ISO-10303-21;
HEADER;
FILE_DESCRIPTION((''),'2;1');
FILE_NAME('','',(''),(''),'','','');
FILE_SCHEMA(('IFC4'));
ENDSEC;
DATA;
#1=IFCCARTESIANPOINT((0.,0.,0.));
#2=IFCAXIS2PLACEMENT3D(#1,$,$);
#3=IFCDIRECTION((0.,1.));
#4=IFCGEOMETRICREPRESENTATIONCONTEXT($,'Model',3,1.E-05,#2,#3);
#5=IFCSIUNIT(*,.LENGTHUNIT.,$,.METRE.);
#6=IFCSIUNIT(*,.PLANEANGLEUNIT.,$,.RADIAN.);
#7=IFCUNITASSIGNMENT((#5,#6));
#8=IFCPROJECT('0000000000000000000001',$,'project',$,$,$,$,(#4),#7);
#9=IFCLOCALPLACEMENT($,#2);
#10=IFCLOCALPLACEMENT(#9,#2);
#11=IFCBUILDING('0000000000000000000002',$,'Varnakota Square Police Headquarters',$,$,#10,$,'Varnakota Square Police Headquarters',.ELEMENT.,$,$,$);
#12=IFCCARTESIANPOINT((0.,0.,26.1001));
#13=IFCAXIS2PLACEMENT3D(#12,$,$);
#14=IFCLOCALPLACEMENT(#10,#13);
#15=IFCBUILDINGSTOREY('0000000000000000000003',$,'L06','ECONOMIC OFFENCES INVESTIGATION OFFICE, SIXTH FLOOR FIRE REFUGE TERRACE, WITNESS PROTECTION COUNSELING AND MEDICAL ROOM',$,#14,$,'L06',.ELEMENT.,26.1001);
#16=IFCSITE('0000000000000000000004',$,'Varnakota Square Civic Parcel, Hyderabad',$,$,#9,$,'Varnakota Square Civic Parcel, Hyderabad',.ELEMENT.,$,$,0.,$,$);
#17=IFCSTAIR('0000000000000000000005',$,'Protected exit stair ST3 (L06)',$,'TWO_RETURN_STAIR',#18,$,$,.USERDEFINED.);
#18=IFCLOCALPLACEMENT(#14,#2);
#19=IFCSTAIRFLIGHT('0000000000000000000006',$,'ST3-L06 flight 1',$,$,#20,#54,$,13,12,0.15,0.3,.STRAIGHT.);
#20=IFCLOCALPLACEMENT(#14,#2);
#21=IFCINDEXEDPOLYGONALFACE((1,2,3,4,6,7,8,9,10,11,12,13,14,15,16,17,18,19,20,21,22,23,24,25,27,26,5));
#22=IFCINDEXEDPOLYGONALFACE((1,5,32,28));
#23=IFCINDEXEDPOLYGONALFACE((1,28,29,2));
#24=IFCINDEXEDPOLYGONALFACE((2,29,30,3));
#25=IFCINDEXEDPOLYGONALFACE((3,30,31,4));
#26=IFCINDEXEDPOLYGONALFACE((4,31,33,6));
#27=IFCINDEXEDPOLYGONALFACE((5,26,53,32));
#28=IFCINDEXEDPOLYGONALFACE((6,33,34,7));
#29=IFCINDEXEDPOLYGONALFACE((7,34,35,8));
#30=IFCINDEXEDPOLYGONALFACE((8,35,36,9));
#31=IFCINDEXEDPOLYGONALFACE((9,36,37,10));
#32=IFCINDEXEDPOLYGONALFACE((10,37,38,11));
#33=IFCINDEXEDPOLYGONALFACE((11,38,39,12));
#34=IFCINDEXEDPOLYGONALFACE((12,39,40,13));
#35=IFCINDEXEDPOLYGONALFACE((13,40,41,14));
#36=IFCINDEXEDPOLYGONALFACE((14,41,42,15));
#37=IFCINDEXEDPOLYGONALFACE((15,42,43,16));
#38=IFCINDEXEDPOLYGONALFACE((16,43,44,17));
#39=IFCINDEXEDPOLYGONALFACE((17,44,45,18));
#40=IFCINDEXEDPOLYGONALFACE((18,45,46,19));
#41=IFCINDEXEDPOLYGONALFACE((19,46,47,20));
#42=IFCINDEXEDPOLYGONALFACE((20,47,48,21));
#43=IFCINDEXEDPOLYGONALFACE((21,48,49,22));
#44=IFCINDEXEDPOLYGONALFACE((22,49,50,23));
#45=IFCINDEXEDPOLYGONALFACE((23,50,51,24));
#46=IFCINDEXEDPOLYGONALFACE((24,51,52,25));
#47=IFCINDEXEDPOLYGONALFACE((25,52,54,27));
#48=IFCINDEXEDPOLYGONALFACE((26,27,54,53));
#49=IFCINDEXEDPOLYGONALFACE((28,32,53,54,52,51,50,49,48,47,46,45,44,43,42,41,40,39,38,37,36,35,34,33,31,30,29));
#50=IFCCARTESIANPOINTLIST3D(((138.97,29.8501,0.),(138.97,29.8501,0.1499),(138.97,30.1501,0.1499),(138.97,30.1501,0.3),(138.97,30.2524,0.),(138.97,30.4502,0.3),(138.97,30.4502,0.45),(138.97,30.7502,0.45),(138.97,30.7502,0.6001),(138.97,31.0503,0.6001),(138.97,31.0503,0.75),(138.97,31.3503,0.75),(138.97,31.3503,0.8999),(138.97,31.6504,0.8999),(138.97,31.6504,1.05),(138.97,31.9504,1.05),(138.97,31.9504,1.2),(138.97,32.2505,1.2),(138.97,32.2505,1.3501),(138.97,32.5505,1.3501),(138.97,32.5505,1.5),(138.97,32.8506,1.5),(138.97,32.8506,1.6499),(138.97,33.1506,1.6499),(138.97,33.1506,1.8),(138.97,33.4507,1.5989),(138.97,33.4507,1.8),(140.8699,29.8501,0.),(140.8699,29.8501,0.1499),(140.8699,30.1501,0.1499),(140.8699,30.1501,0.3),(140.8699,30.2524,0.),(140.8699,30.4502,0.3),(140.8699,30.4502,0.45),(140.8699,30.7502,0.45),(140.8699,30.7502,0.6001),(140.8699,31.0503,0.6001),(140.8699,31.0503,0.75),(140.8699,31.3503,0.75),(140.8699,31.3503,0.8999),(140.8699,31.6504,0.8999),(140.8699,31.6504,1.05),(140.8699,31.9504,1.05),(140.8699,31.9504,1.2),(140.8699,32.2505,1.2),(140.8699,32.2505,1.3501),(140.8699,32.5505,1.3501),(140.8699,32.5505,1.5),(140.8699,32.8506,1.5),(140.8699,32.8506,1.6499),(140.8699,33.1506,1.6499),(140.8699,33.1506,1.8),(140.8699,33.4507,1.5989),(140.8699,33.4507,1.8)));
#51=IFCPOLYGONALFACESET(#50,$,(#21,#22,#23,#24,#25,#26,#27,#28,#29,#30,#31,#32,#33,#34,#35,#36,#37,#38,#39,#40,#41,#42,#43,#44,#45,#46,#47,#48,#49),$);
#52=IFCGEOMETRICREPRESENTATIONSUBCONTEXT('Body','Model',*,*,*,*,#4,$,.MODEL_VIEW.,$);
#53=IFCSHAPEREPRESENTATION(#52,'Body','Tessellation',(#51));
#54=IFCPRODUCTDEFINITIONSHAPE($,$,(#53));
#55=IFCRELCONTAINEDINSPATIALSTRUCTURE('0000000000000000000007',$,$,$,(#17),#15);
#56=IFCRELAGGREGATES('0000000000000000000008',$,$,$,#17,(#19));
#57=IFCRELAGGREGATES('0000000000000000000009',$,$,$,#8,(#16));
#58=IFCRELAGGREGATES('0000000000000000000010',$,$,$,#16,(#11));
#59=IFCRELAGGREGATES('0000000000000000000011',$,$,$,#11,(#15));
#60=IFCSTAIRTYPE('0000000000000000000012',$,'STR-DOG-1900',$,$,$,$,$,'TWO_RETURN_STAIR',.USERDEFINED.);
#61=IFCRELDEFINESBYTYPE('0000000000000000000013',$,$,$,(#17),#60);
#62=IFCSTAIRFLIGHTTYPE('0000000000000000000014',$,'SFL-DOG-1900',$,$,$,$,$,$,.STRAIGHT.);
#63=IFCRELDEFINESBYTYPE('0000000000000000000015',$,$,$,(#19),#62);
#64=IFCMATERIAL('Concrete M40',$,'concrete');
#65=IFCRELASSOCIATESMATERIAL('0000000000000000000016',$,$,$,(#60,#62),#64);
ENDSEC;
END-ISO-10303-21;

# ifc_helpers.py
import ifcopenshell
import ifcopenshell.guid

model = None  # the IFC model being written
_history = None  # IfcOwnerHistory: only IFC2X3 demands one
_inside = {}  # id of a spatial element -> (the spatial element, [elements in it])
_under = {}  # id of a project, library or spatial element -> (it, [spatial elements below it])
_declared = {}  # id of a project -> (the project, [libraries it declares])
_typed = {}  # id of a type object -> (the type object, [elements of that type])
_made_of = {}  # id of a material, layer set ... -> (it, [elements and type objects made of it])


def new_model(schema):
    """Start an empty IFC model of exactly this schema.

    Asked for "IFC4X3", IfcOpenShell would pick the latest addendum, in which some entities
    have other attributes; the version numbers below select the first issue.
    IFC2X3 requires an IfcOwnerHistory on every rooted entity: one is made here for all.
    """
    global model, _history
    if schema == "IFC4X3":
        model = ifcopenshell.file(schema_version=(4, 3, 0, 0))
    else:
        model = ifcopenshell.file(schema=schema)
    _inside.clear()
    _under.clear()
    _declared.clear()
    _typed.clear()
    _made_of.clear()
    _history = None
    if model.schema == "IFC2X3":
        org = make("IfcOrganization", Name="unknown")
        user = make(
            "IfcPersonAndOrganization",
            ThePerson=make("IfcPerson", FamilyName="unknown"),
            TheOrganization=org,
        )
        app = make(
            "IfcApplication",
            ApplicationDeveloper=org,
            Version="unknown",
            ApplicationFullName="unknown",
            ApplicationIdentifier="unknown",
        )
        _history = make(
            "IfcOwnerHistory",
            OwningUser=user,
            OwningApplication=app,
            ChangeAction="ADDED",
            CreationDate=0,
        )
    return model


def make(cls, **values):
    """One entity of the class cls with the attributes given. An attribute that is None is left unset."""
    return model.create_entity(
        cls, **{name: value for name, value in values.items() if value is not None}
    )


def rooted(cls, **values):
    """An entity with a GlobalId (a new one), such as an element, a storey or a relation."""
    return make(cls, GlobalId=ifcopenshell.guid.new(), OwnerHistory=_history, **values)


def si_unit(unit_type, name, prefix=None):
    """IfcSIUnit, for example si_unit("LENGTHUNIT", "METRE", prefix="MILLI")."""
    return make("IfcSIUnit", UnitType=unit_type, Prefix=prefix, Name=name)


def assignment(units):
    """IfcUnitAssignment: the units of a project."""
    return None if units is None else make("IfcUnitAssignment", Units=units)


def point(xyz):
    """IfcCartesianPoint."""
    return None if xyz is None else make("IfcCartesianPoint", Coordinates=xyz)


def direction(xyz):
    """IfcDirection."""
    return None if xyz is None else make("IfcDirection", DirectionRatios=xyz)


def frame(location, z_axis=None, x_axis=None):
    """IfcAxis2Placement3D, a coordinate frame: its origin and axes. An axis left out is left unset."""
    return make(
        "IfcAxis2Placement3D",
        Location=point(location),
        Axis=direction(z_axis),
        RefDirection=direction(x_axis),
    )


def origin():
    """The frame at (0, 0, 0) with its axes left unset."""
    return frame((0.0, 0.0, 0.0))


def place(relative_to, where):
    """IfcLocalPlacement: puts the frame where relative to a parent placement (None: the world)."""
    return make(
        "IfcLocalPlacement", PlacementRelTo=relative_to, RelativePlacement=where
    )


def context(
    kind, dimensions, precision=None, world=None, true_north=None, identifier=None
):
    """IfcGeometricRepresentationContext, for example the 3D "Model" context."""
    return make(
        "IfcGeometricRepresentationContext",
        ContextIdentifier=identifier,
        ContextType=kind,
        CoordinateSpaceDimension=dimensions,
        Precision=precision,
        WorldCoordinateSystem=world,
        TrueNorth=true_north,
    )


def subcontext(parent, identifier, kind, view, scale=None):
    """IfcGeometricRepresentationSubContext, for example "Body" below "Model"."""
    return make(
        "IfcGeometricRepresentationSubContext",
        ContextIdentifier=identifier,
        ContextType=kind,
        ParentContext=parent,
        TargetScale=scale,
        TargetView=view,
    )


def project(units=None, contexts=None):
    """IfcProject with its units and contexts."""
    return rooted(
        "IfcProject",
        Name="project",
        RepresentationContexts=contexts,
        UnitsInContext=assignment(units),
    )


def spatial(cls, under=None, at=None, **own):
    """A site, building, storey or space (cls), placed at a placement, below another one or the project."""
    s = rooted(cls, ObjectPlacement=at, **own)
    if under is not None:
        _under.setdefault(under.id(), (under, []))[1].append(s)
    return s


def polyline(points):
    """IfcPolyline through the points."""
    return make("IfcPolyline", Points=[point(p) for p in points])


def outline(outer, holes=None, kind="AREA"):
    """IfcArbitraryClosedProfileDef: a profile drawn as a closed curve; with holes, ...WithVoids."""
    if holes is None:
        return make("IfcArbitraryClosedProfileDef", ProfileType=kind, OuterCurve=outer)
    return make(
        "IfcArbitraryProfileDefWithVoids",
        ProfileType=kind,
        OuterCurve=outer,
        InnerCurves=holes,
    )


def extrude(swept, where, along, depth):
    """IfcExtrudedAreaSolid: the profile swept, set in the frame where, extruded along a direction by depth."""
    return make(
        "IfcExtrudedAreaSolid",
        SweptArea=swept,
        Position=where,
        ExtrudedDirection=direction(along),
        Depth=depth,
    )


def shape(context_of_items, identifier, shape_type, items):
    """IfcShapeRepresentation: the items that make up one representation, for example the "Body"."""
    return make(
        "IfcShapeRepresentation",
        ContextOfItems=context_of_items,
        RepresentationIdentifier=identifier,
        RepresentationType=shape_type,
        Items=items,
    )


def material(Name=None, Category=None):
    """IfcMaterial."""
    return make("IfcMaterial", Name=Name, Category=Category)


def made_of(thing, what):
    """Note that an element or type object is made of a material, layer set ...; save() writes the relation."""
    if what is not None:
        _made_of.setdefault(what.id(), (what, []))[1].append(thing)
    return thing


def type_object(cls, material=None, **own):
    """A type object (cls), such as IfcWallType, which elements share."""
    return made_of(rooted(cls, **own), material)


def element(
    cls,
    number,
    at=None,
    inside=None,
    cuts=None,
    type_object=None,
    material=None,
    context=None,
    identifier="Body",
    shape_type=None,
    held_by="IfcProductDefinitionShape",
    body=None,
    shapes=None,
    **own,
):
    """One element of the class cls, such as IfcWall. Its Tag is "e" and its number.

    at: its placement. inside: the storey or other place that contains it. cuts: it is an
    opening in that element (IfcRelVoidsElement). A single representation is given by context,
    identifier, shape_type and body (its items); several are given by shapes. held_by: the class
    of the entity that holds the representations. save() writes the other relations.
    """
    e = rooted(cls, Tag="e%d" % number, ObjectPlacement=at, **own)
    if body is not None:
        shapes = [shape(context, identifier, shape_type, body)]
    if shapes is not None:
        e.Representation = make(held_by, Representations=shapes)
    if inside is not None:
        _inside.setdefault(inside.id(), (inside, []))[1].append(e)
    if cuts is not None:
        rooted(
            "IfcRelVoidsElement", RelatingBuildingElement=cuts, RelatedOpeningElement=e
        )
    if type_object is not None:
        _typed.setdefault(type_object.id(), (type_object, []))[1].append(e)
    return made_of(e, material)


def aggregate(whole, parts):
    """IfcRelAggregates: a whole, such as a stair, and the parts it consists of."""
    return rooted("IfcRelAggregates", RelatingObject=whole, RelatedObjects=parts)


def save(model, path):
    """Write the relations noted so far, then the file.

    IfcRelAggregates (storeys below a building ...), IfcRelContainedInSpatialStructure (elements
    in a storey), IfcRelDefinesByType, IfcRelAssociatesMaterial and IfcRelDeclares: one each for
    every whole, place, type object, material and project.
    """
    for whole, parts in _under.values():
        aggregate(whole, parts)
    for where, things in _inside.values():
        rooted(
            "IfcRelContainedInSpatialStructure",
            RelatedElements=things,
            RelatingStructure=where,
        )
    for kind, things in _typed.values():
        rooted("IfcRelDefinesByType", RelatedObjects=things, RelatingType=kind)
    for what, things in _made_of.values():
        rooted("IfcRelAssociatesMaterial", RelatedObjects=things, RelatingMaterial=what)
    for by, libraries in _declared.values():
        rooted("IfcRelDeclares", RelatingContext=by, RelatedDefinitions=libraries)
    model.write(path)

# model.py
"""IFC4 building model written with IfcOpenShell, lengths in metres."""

from ifc_helpers import new_model, si_unit, direction, frame, origin, place, context, subcontext, project, spatial, polyline, outline, extrude, material, type_object, element, aggregate, save


model = new_model("IFC4")

# Units and contexts
model_context = context("Model", 3, precision=1e-05, world=origin(), true_north=direction((0.0, 1.0)))
body_context = subcontext(model_context, "Body", "Model", "MODEL_VIEW")
ifc_project = project(units=[si_unit("LENGTHUNIT", "METRE"), si_unit("PLANEANGLEUNIT", "RADIAN")], contexts=[model_context])

# Site, building, storey
site_placement = place(None, origin())
site = spatial("IfcSite", under=ifc_project, at=site_placement, Name="Varnakota Square Civic Parcel, Hyderabad", LongName="Varnakota Square Civic Parcel, Hyderabad", CompositionType="ELEMENT", RefElevation=0.0)
building_placement = place(site_placement, origin())
building = spatial("IfcBuilding", under=site, at=building_placement, Name="Varnakota Square Police Headquarters", LongName="Varnakota Square Police Headquarters", CompositionType="ELEMENT")
storey_placement = place(building_placement, frame((0.0, 0.0, 26.1001)))
storey = spatial("IfcBuildingStorey", under=building, at=storey_placement, Name="L06", Description="ECONOMIC OFFENCES INVESTIGATION OFFICE, SIXTH FLOOR FIRE REFUGE TERRACE, WITNESS PROTECTION COUNSELING AND MEDICAL ROOM", LongName="L06", CompositionType="ELEMENT", Elevation=26.1001)

# Stair, stair flight
ifc_material_1 = material(Name="Concrete M40", Category="concrete")
stair_type = type_object("IfcStairType", Name="STR-DOG-1900", ElementType="TWO_RETURN_STAIR", PredefinedType="USERDEFINED", material=ifc_material_1)
stair_placement = place(storey_placement, origin())
stair = element("IfcStair", 1, at=stair_placement, inside=storey, type_object=stair_type, Name="Protected exit stair ST3 (L06)", ObjectType="TWO_RETURN_STAIR", PredefinedType="USERDEFINED")
stair_flight_type = type_object("IfcStairFlightType", Name="SFL-DOG-1900", PredefinedType="STRAIGHT", material=ifc_material_1)
stair_flight_placement = place(storey_placement, frame((139.9199, 29.8501, 0.0), z_axis=(0.0, 0.0, 1.0), x_axis=(0.0, 1.0, 0.0)))
stair_flight = element("IfcStairFlight", 2, at=stair_flight_placement, type_object=stair_flight_type, Name="ST3-L06 flight 1", NumberOfRisers=13, NumberOfTreads=12, PredefinedType="STRAIGHT", RiserHeight=0.15, TreadLength=0.3, context=body_context, shape_type="SweptSolid", body=[
    extrude(outline(polyline([(0.0, 0.0), (0.0, 0.1499), (0.3, 0.1499), (0.3, 0.3), (0.6001, 0.3), (0.6001, 0.45), (0.9001, 0.45), (0.9001, 0.6001), (1.2002, 0.6001), (1.2002, 0.75), (1.5002, 0.75), (1.5002, 0.8999), (1.8003, 0.8999), (1.8003, 1.05), (2.1003, 1.05), (2.1003, 1.2), (2.4004, 1.2), (2.4004, 1.3501), (2.7004, 1.3501), (2.7004, 1.5), (3.0005, 1.5), (3.0005, 1.6499), (3.3005, 1.6499), (3.3005, 1.8), (3.6006, 1.8), (3.6006, 1.95), (3.6006, 1.5989), (0.4023, 0.0), (0.0, 0.0)])), frame((0.0, 0.95, 0.0), z_axis=(0.0, -1.0, 0.0), x_axis=(1.0, 0.0, 0.0)), (0.0, 0.0, 1.0), 1.8999),
])
aggregate(stair, [stair_flight])

save(model, "model.ifc")
